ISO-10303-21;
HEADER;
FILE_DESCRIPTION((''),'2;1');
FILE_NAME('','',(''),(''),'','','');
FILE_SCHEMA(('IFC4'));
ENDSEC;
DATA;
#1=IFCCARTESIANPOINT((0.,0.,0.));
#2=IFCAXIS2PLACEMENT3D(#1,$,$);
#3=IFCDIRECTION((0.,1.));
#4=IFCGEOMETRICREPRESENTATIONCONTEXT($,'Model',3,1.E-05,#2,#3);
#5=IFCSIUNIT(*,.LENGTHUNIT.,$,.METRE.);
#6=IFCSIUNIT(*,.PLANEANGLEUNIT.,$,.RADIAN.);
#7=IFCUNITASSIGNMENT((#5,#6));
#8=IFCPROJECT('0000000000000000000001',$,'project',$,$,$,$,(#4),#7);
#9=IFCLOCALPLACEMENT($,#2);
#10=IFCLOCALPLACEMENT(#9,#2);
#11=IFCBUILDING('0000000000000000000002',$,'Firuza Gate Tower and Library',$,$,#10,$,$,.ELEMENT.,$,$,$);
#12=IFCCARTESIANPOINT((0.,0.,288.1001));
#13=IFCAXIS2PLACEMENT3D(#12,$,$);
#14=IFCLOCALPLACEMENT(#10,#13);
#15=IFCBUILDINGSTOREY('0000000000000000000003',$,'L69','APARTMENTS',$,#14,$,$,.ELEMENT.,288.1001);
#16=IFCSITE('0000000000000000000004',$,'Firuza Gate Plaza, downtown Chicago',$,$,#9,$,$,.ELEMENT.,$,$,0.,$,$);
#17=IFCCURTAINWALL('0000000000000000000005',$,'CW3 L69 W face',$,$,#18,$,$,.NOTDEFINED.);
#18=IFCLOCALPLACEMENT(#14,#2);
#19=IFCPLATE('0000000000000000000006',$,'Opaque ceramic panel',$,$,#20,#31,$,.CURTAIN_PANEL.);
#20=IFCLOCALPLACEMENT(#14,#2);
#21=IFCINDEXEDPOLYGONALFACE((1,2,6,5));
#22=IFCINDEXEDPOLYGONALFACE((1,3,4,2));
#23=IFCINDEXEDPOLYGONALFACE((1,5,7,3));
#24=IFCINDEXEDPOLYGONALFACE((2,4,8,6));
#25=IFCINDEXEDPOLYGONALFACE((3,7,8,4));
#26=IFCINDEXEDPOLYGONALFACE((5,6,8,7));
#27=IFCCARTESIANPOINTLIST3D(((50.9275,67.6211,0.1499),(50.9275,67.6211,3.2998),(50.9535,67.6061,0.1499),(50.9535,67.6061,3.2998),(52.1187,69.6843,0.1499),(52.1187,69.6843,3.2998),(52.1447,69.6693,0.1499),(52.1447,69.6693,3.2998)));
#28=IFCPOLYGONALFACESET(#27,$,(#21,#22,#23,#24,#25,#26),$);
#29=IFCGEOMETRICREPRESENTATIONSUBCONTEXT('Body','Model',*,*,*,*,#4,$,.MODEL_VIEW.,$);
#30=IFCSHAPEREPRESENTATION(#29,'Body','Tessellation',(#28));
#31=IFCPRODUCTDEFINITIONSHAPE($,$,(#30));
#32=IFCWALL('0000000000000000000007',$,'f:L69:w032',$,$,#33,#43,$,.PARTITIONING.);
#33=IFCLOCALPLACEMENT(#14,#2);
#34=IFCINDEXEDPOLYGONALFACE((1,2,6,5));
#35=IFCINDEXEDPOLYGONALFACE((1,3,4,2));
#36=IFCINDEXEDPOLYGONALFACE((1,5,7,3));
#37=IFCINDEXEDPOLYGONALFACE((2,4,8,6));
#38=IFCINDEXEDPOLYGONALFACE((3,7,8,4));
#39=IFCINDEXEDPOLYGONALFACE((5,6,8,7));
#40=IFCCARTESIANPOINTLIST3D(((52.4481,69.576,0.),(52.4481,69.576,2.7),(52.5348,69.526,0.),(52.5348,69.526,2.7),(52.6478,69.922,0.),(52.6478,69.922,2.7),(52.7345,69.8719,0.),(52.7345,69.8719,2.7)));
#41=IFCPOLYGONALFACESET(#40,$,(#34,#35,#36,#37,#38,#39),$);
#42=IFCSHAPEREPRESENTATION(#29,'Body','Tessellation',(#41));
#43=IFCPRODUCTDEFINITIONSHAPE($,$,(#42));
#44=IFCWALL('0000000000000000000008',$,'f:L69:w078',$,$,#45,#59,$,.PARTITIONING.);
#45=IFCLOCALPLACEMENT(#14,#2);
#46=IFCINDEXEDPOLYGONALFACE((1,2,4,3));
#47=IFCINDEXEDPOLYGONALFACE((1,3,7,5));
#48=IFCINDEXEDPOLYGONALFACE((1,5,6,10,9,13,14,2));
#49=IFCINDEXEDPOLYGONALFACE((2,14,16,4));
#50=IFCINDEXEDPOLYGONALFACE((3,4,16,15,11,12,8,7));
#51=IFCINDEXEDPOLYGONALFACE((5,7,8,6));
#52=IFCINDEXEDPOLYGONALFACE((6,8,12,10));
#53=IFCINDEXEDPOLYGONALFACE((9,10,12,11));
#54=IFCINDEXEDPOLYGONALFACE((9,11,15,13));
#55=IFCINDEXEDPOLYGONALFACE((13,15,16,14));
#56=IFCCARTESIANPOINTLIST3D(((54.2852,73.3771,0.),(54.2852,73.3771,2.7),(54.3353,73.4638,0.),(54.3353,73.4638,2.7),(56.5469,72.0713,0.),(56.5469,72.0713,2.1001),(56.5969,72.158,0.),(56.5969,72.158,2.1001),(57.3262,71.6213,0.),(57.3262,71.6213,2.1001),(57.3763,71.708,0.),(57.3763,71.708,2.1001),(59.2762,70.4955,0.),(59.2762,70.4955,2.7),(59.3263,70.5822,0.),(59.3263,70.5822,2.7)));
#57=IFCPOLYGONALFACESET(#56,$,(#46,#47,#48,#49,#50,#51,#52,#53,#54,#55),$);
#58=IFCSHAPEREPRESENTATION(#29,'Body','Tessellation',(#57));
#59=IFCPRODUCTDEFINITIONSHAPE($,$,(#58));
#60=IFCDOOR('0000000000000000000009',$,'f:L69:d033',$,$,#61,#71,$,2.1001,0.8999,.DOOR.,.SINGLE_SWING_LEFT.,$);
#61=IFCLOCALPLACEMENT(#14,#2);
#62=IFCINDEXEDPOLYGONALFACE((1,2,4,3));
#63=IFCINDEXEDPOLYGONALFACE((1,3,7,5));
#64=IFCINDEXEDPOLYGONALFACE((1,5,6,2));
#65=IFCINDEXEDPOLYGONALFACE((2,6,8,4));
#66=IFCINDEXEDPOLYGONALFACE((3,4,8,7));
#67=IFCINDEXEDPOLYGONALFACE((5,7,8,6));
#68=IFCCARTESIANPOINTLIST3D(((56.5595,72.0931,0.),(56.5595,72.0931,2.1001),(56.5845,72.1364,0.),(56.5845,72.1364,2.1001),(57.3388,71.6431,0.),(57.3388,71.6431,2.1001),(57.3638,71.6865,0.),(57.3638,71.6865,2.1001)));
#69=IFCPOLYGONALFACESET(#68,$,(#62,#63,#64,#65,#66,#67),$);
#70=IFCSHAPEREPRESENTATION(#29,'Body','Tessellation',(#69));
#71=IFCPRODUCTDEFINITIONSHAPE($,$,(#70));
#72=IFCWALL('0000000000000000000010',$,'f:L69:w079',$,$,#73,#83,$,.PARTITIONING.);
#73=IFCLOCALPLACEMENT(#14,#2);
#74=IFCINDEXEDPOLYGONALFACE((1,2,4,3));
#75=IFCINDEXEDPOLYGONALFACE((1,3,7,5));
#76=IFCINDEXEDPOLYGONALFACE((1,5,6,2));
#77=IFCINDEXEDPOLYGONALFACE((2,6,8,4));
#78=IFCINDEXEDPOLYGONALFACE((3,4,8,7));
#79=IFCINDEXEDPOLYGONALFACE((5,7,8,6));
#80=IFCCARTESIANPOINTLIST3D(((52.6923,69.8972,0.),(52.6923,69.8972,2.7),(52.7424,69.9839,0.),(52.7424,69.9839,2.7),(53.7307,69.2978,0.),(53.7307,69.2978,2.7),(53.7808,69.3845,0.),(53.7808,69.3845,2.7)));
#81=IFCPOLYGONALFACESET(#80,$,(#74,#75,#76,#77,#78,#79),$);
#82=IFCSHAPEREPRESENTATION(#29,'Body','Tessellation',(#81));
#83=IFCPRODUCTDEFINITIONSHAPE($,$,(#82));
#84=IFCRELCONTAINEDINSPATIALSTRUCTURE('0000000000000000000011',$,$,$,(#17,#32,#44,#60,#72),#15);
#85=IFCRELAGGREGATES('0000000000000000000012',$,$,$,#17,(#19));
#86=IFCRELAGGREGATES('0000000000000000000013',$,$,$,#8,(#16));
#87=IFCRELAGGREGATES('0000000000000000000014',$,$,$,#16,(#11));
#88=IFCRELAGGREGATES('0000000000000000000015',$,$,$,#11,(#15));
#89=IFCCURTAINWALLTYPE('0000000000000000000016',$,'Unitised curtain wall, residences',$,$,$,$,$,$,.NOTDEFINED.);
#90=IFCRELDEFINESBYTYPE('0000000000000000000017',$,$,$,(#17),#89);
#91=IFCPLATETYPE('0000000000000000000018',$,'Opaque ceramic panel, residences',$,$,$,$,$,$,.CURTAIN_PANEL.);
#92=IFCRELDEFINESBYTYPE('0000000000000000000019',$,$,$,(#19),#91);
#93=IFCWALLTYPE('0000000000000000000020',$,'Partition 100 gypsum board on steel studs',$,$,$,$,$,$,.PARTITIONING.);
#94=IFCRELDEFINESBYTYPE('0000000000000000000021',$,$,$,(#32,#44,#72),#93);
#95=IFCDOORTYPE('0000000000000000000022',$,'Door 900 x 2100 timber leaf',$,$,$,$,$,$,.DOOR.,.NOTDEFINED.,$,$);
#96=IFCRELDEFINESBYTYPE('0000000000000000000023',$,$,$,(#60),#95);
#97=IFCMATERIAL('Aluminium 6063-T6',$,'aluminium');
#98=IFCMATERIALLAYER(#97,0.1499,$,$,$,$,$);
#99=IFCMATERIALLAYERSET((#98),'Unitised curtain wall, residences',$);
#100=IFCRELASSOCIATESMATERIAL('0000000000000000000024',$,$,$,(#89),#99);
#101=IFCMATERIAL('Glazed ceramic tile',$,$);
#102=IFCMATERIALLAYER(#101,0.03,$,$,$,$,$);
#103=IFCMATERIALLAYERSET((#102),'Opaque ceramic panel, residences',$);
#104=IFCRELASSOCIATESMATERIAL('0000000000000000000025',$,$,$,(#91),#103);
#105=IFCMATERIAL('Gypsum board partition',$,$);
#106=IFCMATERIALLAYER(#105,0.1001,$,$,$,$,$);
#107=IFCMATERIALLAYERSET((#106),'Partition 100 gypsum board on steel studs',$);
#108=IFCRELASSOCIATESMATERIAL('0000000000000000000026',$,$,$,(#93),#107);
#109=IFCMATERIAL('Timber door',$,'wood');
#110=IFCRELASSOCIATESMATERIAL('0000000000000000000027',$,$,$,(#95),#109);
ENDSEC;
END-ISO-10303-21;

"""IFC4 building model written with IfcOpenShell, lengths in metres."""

from ifc_helpers import new_model, si_unit, direction, frame, frame_2d, origin, place, context, subcontext, project, spatial, polyline, rectangle, outline, extrude, material, layer, layer_set, type_object, element, fill, aggregate, save


model = new_model("IFC4")

# Units and contexts
model_context = context("Model", 3, precision=1e-05, world=origin(), true_north=direction((0.0, 1.0)))
body_context = subcontext(model_context, "Body", "Model", "MODEL_VIEW")
ifc_project = project(units=[si_unit("LENGTHUNIT", "METRE"), si_unit("PLANEANGLEUNIT", "RADIAN")], contexts=[model_context])

# Site, building, storey
site_placement = place(None, origin())
site = spatial("IfcSite", under=ifc_project, at=site_placement, Name="Firuza Gate Plaza, downtown Chicago", CompositionType="ELEMENT", RefElevation=0.0)
building_placement = place(site_placement, origin())
building = spatial("IfcBuilding", under=site, at=building_placement, Name="Firuza Gate Tower and Library", CompositionType="ELEMENT")
storey_placement = place(building_placement, frame((0.0, 0.0, 288.1001)))
storey = spatial("IfcBuildingStorey", under=building, at=storey_placement, Name="L69", Description="APARTMENTS", CompositionType="ELEMENT", Elevation=288.1001)

# Curtain wall
ifc_material_1 = material(Name="Aluminium 6063-T6", Category="aluminium")
ifc_layer_1 = layer(ifc_material_1, 0.1499)
ifc_layer_set_1 = layer_set([ifc_layer_1], Name="Unitised curtain wall, residences")
curtain_wall_type = type_object("IfcCurtainWallType", Name="Unitised curtain wall, residences", PredefinedType="NOTDEFINED", material=ifc_layer_set_1)
curtain_wall_placement = place(storey_placement, origin())
curtain_wall = element("IfcCurtainWall", 1, at=curtain_wall_placement, inside=storey, type_object=curtain_wall_type, Name="CW3 L69 W face", PredefinedType="NOTDEFINED")

# Plate
ifc_material_2 = material(Name="Glazed ceramic tile")
ifc_layer_2 = layer(ifc_material_2, 0.03)
ifc_layer_set_2 = layer_set([ifc_layer_2], Name="Opaque ceramic panel, residences")
plate_type_1 = type_object("IfcPlateType", Name="Opaque ceramic panel, residences", PredefinedType="CURTAIN_PANEL", material=ifc_layer_set_2)
plate_1_placement = place(storey_placement, frame((52.1187, 69.6843, 0.1499), z_axis=(-0.866034, 0.499986, 0.0), x_axis=(-0.499986, -0.866034, 0.0)))
plate_1 = element("IfcPlate", 2, at=plate_1_placement, type_object=plate_type_1, Name="Opaque ceramic panel", PredefinedType="CURTAIN_PANEL", context=body_context, shape_type="SweptSolid", body=[
    extrude(outline(polyline([(0.0, 0.0), (2.3824, 0.0), (2.3824, 3.1499), (0.0, 3.1499), (0.0, 0.0)])), origin(), (0.0, 0.0, -1.0), 0.03),
])
aggregate(curtain_wall, [plate_1])

# Wall
ifc_material_3 = material(Name="Gypsum board partition")
ifc_layer_3 = layer(ifc_material_3, 0.1001)
ifc_layer_set_3 = layer_set([ifc_layer_3], Name="Partition 100 gypsum board on steel studs")
wall_type = type_object("IfcWallType", Name="Partition 100 gypsum board on steel studs", PredefinedType="PARTITIONING", material=ifc_layer_set_3)
wall_1_placement = place(storey_placement, frame((52.4915, 69.551, 0.0), z_axis=(0.0, 0.0, 1.0), x_axis=(0.499952, 0.866053, 0.0)))
element("IfcWall", 3, at=wall_1_placement, inside=storey, type_object=wall_type, Name="f:L69:w032", PredefinedType="PARTITIONING", context=body_context, shape_type="SweptSolid", body=[
    extrude(rectangle(XDim=0.3994, YDim=0.1001, at=frame_2d((0.1997, 0.0))), origin(), (0.0, 0.0, 1.0), 2.7),
])

# Wall, opening, door
wall_2_placement = place(storey_placement, frame((59.3013, 70.5388, 0.0), z_axis=(0.0, 0.0, 1.0), x_axis=(-0.866021, 0.500007, 0.0)))
wall_2 = element("IfcWall", 4, at=wall_2_placement, inside=storey, type_object=wall_type, Name="f:L69:w078", PredefinedType="PARTITIONING", context=body_context, shape_type="SweptSolid", body=[
    extrude(rectangle(XDim=5.7632, YDim=0.1001, at=frame_2d((2.8816, 0.0))), origin(), (0.0, 0.0, 1.0), 2.7),
])
opening_placement = place(wall_2_placement, frame((2.2517, 0.0, 0.0)))
opening = element("IfcOpeningElement", 5, at=opening_placement, cuts=wall_2, PredefinedType="OPENING", context=body_context, shape_type="SweptSolid", body=[
    extrude(rectangle(XDim=0.8999, YDim=2.1001, at=frame_2d((0.45, 1.05))), frame((0.0, 0.0601, 0.0), z_axis=(0.0, -1.0, 0.0), x_axis=(1.0, 0.0, 0.0)), (0.0, 0.0, 1.0), 0.1201),
])
ifc_material_4 = material(Name="Timber door", Category="wood")
door_type = type_object("IfcDoorType", Name="Door 900 x 2100 timber leaf", OperationType="NOTDEFINED", PredefinedType="DOOR", material=ifc_material_4)
door_placement = place(opening_placement, origin())
door = element("IfcDoor", 6, at=door_placement, inside=storey, type_object=door_type, Name="f:L69:d033", OperationType="SINGLE_SWING_LEFT", OverallHeight=2.1001, OverallWidth=0.8999, PredefinedType="DOOR", context=body_context, shape_type="SweptSolid", body=[
    extrude(rectangle(XDim=0.8999, YDim=2.1001, at=frame_2d((0.45, 1.05))), frame((0.0, 0.0249, 0.0), z_axis=(0.0, -1.0, 0.0), x_axis=(1.0, 0.0, 0.0)), (0.0, 0.0, 1.0), 0.05),
])
fill(opening, door)

# Wall
wall_3_placement = place(storey_placement, frame((53.7559, 69.3411, 0.0), z_axis=(0.0, 0.0, 1.0), x_axis=(-0.866067, 0.499928, 0.0)))
element("IfcWall", 7, at=wall_3_placement, inside=storey, type_object=wall_type, Name="f:L69:w079", PredefinedType="PARTITIONING", context=body_context, shape_type="SweptSolid", body=[
    extrude(rectangle(XDim=1.199, YDim=0.1001, at=frame_2d((0.5996, 0.0))), origin(), (0.0, 0.0, 1.0), 2.7),
])

save(model, "model.ifc")
